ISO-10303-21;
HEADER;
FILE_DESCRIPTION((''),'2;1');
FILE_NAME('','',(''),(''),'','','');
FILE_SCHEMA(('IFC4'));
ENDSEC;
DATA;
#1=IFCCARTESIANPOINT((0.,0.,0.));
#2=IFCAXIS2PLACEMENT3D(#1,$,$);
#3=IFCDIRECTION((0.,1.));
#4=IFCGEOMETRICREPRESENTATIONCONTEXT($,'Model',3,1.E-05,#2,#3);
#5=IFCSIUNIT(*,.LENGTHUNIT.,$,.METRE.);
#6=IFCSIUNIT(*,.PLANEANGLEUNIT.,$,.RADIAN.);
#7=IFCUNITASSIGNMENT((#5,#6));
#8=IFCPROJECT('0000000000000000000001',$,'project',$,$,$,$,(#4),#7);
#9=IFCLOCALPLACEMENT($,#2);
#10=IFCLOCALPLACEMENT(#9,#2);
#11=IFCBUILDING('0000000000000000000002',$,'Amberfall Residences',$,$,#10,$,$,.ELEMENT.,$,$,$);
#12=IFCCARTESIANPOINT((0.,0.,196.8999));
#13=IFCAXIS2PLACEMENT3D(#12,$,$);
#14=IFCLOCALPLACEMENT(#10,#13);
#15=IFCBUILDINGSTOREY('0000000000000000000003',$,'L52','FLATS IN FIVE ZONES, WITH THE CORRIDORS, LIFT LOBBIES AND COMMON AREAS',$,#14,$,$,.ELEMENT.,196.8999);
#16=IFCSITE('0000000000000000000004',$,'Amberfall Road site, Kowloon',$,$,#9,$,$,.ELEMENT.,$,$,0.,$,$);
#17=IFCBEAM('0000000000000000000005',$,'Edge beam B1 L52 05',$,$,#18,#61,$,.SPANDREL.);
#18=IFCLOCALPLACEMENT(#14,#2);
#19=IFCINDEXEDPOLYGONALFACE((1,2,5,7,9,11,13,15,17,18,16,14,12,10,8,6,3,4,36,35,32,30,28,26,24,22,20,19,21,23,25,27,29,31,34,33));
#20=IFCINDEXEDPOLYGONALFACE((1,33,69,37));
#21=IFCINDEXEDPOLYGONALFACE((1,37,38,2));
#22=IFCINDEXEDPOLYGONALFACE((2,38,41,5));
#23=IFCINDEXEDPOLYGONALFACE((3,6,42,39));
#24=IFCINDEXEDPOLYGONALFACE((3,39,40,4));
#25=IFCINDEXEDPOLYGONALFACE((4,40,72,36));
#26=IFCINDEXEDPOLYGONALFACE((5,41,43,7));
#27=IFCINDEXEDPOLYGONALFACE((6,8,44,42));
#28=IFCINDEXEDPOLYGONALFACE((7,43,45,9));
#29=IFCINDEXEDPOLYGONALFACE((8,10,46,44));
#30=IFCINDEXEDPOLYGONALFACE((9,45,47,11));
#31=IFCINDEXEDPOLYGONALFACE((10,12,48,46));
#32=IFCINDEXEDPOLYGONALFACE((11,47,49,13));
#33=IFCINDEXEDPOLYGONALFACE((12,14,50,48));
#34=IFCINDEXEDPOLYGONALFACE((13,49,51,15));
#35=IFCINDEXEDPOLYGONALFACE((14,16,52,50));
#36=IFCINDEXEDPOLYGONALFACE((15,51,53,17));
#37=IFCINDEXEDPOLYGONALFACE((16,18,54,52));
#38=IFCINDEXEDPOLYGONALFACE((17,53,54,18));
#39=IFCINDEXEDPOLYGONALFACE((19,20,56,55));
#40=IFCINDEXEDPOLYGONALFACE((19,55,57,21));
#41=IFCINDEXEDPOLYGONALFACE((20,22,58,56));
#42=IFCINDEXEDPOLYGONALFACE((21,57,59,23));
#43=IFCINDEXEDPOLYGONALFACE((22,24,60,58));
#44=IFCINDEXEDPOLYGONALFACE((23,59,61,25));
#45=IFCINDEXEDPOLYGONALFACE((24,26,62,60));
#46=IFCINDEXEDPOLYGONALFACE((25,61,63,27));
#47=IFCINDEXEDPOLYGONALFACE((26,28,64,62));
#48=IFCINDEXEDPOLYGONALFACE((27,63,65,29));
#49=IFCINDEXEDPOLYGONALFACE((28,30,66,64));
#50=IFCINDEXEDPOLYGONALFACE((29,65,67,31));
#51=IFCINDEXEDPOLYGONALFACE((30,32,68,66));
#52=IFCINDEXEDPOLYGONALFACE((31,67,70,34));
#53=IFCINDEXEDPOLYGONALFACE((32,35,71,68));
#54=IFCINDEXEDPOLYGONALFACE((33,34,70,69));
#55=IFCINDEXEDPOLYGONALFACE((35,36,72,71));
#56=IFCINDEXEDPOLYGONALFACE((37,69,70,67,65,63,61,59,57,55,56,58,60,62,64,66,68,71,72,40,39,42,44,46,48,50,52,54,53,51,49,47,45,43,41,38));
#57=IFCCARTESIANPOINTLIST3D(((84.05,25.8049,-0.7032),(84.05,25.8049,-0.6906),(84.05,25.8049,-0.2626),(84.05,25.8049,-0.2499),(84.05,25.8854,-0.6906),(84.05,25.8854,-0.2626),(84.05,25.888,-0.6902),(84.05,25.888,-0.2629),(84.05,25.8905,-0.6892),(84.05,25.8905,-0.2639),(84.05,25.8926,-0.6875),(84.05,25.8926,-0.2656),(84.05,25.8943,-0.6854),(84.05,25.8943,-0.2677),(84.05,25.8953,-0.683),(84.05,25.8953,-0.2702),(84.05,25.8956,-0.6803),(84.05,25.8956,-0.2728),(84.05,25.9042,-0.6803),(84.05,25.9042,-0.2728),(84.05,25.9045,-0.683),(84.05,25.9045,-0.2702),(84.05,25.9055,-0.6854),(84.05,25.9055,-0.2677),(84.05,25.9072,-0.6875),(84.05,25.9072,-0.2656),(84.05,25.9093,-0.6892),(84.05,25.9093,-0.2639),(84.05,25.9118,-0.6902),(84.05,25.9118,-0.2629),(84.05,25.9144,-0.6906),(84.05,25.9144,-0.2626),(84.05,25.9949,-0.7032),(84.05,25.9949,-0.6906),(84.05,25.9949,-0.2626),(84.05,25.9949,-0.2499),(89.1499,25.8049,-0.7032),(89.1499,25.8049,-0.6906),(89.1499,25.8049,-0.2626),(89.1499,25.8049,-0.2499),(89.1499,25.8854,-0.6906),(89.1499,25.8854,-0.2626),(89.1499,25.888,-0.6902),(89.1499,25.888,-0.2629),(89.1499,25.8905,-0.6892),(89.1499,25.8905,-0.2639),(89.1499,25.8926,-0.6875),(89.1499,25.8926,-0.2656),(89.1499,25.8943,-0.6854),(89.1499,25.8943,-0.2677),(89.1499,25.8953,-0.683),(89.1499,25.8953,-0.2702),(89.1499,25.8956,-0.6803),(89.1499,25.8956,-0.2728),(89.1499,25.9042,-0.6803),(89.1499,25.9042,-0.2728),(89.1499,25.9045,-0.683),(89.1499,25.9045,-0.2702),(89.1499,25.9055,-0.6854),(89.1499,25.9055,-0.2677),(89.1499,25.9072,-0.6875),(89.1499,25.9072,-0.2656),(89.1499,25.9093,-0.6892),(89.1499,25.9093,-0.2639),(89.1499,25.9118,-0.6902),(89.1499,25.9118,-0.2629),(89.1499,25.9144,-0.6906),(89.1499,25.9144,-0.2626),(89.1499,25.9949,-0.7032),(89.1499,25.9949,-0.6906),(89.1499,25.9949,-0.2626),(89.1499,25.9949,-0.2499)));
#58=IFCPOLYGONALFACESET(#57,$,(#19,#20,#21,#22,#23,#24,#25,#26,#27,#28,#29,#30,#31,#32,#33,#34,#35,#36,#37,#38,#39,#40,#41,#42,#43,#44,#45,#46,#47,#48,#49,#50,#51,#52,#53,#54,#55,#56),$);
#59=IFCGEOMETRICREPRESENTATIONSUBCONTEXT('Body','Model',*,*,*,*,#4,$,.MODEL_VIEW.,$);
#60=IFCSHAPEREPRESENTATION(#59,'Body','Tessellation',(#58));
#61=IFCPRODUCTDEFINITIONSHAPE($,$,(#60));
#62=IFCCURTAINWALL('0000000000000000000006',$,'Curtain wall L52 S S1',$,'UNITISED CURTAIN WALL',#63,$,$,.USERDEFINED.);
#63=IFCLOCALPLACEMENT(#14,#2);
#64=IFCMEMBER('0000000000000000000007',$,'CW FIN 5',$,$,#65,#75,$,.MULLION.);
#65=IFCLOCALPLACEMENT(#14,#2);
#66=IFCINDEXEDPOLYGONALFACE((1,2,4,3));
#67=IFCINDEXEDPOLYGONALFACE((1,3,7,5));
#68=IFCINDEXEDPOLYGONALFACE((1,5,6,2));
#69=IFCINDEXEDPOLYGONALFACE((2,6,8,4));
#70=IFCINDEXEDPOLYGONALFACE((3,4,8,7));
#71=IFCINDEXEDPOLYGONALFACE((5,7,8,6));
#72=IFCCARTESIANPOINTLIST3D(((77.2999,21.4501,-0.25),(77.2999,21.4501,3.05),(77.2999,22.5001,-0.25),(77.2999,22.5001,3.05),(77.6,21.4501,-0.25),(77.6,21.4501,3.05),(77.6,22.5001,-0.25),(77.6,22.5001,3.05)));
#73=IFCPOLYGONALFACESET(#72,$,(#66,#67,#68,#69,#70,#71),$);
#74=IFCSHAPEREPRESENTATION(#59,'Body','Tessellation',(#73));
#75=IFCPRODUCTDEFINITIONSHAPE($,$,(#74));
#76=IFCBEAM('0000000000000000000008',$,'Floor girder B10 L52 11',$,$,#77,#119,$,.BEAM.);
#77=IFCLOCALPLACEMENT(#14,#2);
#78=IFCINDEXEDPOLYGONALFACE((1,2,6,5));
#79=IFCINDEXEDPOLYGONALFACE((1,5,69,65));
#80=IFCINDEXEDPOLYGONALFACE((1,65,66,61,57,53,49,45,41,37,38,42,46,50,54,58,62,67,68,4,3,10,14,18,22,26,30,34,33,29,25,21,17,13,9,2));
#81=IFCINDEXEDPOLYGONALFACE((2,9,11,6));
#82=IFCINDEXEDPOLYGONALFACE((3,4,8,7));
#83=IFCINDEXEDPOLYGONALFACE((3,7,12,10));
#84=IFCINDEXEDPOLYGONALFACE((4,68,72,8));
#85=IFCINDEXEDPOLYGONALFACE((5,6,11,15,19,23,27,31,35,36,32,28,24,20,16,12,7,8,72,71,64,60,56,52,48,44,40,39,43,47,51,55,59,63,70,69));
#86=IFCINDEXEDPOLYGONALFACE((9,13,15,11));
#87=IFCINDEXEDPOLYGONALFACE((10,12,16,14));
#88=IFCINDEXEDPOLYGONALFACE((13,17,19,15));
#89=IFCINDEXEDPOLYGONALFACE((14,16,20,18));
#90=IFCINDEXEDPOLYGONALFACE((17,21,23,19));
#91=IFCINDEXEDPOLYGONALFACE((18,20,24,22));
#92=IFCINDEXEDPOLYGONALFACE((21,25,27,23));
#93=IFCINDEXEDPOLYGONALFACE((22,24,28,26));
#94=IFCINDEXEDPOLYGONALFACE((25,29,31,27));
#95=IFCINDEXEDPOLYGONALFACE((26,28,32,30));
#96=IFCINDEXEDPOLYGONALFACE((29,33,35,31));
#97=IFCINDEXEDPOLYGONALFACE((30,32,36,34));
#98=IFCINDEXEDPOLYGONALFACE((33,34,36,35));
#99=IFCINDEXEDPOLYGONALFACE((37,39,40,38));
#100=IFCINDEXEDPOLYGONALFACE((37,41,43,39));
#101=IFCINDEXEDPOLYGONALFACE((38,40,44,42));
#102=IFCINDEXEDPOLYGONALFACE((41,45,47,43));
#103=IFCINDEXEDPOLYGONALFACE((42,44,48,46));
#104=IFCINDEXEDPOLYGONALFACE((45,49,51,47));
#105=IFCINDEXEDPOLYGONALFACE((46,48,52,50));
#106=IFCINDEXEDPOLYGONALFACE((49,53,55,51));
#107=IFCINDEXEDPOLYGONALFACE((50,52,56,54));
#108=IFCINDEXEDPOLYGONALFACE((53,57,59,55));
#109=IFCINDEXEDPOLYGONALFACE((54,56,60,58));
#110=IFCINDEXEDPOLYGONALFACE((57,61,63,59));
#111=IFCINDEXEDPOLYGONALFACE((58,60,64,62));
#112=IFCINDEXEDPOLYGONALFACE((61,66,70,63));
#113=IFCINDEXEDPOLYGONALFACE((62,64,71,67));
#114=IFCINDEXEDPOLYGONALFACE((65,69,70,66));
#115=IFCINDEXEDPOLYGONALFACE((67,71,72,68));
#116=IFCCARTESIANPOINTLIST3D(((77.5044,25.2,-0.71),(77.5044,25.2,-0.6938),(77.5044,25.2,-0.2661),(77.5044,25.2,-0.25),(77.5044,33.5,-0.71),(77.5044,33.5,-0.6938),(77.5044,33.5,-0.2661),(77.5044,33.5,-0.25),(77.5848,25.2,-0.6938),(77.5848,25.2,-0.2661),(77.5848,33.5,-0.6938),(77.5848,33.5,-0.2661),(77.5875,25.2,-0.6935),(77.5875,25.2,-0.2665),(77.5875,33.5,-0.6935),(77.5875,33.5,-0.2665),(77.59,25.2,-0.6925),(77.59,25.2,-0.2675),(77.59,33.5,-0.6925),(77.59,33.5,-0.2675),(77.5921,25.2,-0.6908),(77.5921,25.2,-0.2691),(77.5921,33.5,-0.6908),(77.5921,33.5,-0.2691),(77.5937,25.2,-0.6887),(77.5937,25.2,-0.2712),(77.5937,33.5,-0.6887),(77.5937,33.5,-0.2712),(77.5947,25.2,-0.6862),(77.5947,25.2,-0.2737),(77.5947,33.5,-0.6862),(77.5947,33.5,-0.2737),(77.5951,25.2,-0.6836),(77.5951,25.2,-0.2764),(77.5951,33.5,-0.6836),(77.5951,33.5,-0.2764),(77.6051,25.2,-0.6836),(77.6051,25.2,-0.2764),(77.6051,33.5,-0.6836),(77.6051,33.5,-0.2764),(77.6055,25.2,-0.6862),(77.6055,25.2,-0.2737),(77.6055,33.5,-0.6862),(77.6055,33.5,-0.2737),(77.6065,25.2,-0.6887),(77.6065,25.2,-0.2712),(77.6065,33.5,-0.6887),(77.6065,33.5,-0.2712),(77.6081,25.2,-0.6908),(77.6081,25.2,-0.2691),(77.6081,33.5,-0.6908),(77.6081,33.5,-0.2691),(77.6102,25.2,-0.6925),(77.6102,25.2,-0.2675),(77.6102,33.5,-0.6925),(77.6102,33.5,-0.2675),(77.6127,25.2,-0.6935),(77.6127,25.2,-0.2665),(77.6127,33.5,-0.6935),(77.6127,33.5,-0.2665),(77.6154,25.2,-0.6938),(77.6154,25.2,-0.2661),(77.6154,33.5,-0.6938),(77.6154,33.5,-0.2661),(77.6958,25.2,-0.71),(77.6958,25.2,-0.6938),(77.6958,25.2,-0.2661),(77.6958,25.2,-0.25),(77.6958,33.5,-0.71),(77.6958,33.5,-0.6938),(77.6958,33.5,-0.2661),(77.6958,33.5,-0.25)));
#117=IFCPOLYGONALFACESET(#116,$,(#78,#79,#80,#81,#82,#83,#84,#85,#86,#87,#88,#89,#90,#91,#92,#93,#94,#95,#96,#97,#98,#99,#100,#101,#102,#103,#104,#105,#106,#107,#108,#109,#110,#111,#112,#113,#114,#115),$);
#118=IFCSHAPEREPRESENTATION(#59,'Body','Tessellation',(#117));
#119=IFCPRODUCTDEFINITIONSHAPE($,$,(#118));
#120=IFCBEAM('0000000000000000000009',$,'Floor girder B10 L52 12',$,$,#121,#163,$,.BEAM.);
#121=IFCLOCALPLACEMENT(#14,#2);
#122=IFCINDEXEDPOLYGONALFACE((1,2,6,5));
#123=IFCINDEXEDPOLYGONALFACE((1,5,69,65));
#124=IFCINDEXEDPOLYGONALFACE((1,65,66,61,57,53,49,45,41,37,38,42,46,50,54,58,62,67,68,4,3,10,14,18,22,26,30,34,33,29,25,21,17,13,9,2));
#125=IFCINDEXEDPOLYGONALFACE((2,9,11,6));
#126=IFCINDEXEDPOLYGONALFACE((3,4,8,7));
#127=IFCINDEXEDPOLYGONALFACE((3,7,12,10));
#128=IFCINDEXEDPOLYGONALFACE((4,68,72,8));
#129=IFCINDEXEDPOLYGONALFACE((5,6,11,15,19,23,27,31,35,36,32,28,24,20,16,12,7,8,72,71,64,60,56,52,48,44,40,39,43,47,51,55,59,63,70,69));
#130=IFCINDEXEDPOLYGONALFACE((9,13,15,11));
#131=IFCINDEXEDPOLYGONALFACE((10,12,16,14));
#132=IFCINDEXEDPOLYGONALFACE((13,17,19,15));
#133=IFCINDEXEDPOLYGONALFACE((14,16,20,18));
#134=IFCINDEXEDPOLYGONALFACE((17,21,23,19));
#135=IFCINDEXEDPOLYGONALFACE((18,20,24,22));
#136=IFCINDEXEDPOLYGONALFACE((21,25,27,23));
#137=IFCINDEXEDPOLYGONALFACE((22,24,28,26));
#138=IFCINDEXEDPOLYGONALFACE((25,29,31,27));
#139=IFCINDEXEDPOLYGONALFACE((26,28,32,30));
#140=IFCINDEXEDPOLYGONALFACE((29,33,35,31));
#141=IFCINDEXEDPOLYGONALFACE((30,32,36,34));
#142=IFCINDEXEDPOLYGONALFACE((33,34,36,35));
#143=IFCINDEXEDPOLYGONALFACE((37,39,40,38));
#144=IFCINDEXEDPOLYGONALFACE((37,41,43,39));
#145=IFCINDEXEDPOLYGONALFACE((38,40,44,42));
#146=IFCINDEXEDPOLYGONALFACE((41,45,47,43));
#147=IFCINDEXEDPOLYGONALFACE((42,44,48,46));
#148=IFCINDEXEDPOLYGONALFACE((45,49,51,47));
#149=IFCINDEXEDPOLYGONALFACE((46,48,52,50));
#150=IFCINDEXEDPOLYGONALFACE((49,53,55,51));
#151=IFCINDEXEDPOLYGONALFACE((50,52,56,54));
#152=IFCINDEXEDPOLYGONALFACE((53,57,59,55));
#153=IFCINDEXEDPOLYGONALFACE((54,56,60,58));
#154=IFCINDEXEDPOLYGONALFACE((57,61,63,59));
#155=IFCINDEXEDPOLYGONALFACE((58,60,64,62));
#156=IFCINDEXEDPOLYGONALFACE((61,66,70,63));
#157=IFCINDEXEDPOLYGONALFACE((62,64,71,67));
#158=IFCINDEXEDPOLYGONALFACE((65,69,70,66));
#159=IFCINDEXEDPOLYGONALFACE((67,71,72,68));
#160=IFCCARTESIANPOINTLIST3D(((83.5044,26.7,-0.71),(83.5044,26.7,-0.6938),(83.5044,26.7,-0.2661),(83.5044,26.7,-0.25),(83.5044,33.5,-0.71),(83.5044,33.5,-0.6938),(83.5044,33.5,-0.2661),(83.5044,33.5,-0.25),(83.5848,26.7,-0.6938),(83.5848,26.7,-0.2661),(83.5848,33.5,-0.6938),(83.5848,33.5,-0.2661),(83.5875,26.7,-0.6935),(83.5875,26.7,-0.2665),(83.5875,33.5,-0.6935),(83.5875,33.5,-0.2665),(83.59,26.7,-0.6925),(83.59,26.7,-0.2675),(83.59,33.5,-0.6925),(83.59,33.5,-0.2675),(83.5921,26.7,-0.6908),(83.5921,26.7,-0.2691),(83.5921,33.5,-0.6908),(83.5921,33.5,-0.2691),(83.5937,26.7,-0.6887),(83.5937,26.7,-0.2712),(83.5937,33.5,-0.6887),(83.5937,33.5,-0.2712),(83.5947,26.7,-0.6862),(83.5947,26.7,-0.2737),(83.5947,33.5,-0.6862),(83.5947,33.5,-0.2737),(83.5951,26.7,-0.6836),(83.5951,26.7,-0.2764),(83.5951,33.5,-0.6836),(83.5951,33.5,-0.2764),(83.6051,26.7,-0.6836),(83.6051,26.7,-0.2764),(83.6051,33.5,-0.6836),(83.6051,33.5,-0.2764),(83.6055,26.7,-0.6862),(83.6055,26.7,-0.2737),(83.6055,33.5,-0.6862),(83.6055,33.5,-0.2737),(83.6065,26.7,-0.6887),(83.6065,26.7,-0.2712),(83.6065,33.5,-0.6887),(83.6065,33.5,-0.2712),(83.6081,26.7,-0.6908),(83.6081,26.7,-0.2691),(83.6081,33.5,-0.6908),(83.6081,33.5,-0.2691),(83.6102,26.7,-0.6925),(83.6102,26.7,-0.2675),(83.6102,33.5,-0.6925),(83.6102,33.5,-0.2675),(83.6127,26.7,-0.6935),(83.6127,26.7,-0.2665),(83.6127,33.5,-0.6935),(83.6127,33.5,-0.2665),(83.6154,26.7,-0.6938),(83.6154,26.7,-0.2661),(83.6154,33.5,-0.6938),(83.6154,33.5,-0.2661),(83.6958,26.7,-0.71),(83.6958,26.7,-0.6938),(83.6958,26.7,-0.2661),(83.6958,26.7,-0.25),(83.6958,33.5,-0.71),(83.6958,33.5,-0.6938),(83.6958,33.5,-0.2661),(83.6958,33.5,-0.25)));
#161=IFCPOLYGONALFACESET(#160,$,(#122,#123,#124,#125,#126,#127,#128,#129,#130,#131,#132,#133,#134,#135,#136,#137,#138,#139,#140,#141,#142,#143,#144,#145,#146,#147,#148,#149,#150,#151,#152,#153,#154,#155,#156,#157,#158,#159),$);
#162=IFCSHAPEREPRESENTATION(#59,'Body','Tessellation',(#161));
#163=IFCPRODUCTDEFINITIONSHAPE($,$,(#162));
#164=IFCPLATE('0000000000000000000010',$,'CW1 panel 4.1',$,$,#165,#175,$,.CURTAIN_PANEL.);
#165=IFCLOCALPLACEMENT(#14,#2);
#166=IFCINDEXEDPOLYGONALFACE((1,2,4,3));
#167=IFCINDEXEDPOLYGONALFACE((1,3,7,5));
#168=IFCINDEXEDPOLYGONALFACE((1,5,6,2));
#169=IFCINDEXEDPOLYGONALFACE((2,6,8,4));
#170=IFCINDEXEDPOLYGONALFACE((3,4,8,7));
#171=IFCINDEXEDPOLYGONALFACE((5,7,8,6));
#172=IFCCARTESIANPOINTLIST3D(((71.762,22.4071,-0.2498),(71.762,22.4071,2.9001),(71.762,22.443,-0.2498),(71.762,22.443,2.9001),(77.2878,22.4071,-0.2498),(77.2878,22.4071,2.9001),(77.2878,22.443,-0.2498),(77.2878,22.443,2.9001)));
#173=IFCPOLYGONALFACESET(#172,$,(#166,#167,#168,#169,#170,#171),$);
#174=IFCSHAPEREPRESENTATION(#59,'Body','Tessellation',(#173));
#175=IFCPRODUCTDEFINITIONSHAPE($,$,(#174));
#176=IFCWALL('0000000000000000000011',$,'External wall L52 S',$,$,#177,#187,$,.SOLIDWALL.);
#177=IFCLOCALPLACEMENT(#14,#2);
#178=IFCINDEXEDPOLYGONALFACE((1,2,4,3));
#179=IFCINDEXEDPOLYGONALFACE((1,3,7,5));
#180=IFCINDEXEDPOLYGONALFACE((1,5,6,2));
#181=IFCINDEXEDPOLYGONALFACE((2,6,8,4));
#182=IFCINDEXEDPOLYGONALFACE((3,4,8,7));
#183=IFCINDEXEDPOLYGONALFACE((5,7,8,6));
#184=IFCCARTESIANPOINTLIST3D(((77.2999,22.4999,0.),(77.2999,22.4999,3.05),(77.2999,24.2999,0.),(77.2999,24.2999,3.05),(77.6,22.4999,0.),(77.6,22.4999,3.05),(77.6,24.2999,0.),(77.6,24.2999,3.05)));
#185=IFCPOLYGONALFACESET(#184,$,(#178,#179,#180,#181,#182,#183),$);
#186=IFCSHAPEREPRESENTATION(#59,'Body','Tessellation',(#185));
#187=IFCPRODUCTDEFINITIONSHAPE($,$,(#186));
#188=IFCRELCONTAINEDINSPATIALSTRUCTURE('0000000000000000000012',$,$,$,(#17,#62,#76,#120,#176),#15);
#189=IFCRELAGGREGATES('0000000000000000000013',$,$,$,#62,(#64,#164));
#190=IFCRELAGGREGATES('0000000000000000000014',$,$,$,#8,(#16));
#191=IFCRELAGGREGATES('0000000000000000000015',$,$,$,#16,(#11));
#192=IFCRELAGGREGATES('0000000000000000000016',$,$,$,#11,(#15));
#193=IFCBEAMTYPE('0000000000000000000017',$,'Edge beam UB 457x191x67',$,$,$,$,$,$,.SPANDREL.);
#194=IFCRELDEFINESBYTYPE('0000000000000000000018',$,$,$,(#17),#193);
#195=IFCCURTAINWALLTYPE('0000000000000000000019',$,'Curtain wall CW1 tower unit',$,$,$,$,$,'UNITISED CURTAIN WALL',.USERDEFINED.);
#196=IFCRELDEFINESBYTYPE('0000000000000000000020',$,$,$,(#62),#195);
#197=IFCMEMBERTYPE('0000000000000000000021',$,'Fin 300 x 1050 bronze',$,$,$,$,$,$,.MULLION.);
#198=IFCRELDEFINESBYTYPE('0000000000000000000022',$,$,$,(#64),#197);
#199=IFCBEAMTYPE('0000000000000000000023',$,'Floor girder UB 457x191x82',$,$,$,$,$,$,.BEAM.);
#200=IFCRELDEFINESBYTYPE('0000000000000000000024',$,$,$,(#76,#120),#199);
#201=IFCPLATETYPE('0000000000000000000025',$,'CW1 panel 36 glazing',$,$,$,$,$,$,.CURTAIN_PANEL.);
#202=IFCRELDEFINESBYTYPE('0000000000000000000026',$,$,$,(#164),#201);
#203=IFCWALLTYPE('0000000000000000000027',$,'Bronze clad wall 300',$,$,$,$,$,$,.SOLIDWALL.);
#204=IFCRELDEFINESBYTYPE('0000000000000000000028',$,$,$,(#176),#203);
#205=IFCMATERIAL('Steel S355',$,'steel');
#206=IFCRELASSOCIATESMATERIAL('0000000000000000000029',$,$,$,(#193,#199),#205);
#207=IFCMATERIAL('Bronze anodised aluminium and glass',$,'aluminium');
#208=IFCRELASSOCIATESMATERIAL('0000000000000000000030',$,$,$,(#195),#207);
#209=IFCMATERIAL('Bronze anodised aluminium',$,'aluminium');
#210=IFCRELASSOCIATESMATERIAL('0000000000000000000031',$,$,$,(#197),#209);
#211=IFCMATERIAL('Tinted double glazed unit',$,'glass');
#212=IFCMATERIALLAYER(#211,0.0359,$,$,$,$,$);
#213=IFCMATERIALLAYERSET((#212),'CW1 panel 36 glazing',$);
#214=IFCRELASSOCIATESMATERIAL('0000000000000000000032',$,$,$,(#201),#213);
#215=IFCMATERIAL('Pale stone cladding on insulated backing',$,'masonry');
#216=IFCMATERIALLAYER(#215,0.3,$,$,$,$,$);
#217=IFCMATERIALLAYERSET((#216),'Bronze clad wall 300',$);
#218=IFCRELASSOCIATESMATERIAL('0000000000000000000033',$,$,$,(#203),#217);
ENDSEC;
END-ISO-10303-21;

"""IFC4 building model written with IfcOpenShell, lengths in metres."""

from ifc_helpers import new_model, si_unit, direction, frame, frame_2d, origin, origin_2d, place, context, subcontext, project, spatial, rectangle, i_section, extrude, material, layer, layer_set, material_profile, profile_set, type_object, element, aggregate, save


model = new_model("IFC4")

# Units and contexts
model_context = context("Model", 3, precision=1e-05, world=origin(), true_north=direction((0.0, 1.0)))
body_context = subcontext(model_context, "Body", "Model", "MODEL_VIEW")
ifc_project = project(units=[si_unit("LENGTHUNIT", "METRE"), si_unit("PLANEANGLEUNIT", "RADIAN")], contexts=[model_context])

# Site, building, storey
site_placement = place(None, origin())
site = spatial("IfcSite", under=ifc_project, at=site_placement, Name="Amberfall Road site, Kowloon", CompositionType="ELEMENT", RefElevation=0.0)
building_placement = place(site_placement, origin())
building = spatial("IfcBuilding", under=site, at=building_placement, Name="Amberfall Residences", CompositionType="ELEMENT")
storey_placement = place(building_placement, frame((0.0, 0.0, 196.8999)))
storey = spatial("IfcBuildingStorey", under=building, at=storey_placement, Name="L52", Description="FLATS IN FIVE ZONES, WITH THE CORRIDORS, LIFT LOBBIES AND COMMON AREAS", CompositionType="ELEMENT", Elevation=196.8999)

# Beam
ifc_material_1 = material(Name="Steel S355", Category="steel")
ifc_material_profile_1 = material_profile(ifc_material_1, i_section(OverallWidth=0.1899, OverallDepth=0.4534, WebThickness=0.0085, FlangeThickness=0.0127, FilletRadius=0.0103, at=origin_2d()), Name="UB 457x191x67")
ifc_profile_set_1 = profile_set([ifc_material_profile_1], Name="Steel S355")
beam_type_1 = type_object("IfcBeamType", Name="Edge beam UB 457x191x67", PredefinedType="SPANDREL", material=ifc_profile_set_1)
beam_1_placement = place(storey_placement, frame((84.05, 25.8999, -0.4766), z_axis=(1.0, 0.0, 0.0), x_axis=(0.0, 1.0, 0.0)))
element("IfcBeam", 1, at=beam_1_placement, inside=storey, type_object=beam_type_1, Name="Edge beam B1 L52 05", PredefinedType="SPANDREL", context=body_context, shape_type="SweptSolid", body=[
    extrude(i_section(OverallWidth=0.1899, OverallDepth=0.4534, WebThickness=0.0085, FlangeThickness=0.0127, FilletRadius=0.0103, at=origin_2d()), origin(), (0.0, 0.0, 1.0), 5.0999),
])

# Curtain wall, member
ifc_material_2 = material(Name="Bronze anodised aluminium and glass", Category="aluminium")
curtain_wall_type = type_object("IfcCurtainWallType", Name="Curtain wall CW1 tower unit", ElementType="UNITISED CURTAIN WALL", PredefinedType="USERDEFINED", material=ifc_material_2)
curtain_wall_placement = place(storey_placement, origin())
curtain_wall = element("IfcCurtainWall", 2, at=curtain_wall_placement, inside=storey, type_object=curtain_wall_type, Name="Curtain wall L52 S S1", ObjectType="UNITISED CURTAIN WALL", PredefinedType="USERDEFINED")
ifc_material_3 = material(Name="Bronze anodised aluminium", Category="aluminium")
ifc_material_profile_2 = material_profile(ifc_material_3, rectangle(XDim=1.05, YDim=0.3, at=origin_2d()), Name="Fin 300 x 1050 bronze")
ifc_profile_set_2 = profile_set([ifc_material_profile_2], Name="Bronze anodised aluminium")
member_type = type_object("IfcMemberType", Name="Fin 300 x 1050 bronze", PredefinedType="MULLION", material=ifc_profile_set_2)
member_placement = place(storey_placement, frame((77.45, 21.9751, -0.25), z_axis=(0.0, 0.0, 1.0), x_axis=(0.0, 1.0, 0.0)))
member = element("IfcMember", 3, at=member_placement, type_object=member_type, Name="CW FIN 5", PredefinedType="MULLION", context=body_context, shape_type="SweptSolid", body=[
    extrude(rectangle(XDim=1.05, YDim=0.3, at=origin_2d()), origin(), (0.0, 0.0, 1.0), 3.3),
])

# Beams
ifc_material_profile_3 = material_profile(ifc_material_1, i_section(OverallWidth=0.1914, OverallDepth=0.46, WebThickness=0.01, FlangeThickness=0.0161, FilletRadius=0.0103, at=origin_2d()), Name="UB 457x191x82")
ifc_profile_set_3 = profile_set([ifc_material_profile_3], Name="Steel S355")
beam_type_2 = type_object("IfcBeamType", Name="Floor girder UB 457x191x82", PredefinedType="BEAM", material=ifc_profile_set_3)
beam_2_placement = place(storey_placement, frame((77.6001, 25.2, -0.48), z_axis=(0.0, 1.0, 0.0), x_axis=(-1.0, 0.0, 0.0)))
element("IfcBeam", 4, at=beam_2_placement, inside=storey, type_object=beam_type_2, Name="Floor girder B10 L52 11", PredefinedType="BEAM", context=body_context, shape_type="SweptSolid", body=[
    extrude(i_section(OverallWidth=0.1914, OverallDepth=0.46, WebThickness=0.01, FlangeThickness=0.0161, FilletRadius=0.0103, at=origin_2d()), origin(), (0.0, 0.0, 1.0), 8.3),
])
beam_3_placement = place(storey_placement, frame((83.6001, 26.7, -0.48), z_axis=(0.0, 1.0, 0.0), x_axis=(-1.0, 0.0, 0.0)))
element("IfcBeam", 5, at=beam_3_placement, inside=storey, type_object=beam_type_2, Name="Floor girder B10 L52 12", PredefinedType="BEAM", context=body_context, shape_type="SweptSolid", body=[
    extrude(i_section(OverallWidth=0.1914, OverallDepth=0.46, WebThickness=0.01, FlangeThickness=0.0161, FilletRadius=0.0103, at=origin_2d()), origin(), (0.0, 0.0, 1.0), 6.8),
])

# Plate
ifc_material_4 = material(Name="Tinted double glazed unit", Category="glass")
ifc_layer_1 = layer(ifc_material_4, 0.0359)
ifc_layer_set_1 = layer_set([ifc_layer_1], Name="CW1 panel 36 glazing")
plate_type = type_object("IfcPlateType", Name="CW1 panel 36 glazing", PredefinedType="CURTAIN_PANEL", material=ifc_layer_set_1)
plate_placement = place(storey_placement, frame((74.5249, 22.425, -0.2498), z_axis=(0.0, 0.0, 1.0), x_axis=(1.0, 0.0, 0.0)))
plate = element("IfcPlate", 6, at=plate_placement, type_object=plate_type, Name="CW1 panel 4.1", PredefinedType="CURTAIN_PANEL", context=body_context, shape_type="SweptSolid", body=[
    extrude(rectangle(XDim=5.5259, YDim=0.0359, at=origin_2d()), origin(), (0.0, 0.0, 1.0), 3.1499),
])
aggregate(curtain_wall, [member, plate])

# Wall
ifc_material_5 = material(Name="Pale stone cladding on insulated backing", Category="masonry")
ifc_layer_2 = layer(ifc_material_5, 0.3)
ifc_layer_set_2 = layer_set([ifc_layer_2], Name="Bronze clad wall 300")
wall_type_1 = type_object("IfcWallType", Name="Bronze clad wall 300", PredefinedType="SOLIDWALL", material=ifc_layer_set_2)
for number, where, z_axis, x_axis, name in (
    (7, (77.45, 22.5, 0.0), (0.0, 0.0, 1.0), (0.0, 1.0, 0.0), "External wall L52 S"),
):
    element("IfcWall", number, at=place(storey_placement, frame(where, z_axis=z_axis, x_axis=x_axis)), inside=storey, type_object=wall_type_1, Name=name, PredefinedType="SOLIDWALL", context=body_context, shape_type="SweptSolid", body=[
        extrude(rectangle(XDim=1.8, YDim=0.3, at=frame_2d((0.8999, 0.0))), origin(), (0.0, 0.0, 1.0), 3.05),
    ])

save(model, "model.ifc")
